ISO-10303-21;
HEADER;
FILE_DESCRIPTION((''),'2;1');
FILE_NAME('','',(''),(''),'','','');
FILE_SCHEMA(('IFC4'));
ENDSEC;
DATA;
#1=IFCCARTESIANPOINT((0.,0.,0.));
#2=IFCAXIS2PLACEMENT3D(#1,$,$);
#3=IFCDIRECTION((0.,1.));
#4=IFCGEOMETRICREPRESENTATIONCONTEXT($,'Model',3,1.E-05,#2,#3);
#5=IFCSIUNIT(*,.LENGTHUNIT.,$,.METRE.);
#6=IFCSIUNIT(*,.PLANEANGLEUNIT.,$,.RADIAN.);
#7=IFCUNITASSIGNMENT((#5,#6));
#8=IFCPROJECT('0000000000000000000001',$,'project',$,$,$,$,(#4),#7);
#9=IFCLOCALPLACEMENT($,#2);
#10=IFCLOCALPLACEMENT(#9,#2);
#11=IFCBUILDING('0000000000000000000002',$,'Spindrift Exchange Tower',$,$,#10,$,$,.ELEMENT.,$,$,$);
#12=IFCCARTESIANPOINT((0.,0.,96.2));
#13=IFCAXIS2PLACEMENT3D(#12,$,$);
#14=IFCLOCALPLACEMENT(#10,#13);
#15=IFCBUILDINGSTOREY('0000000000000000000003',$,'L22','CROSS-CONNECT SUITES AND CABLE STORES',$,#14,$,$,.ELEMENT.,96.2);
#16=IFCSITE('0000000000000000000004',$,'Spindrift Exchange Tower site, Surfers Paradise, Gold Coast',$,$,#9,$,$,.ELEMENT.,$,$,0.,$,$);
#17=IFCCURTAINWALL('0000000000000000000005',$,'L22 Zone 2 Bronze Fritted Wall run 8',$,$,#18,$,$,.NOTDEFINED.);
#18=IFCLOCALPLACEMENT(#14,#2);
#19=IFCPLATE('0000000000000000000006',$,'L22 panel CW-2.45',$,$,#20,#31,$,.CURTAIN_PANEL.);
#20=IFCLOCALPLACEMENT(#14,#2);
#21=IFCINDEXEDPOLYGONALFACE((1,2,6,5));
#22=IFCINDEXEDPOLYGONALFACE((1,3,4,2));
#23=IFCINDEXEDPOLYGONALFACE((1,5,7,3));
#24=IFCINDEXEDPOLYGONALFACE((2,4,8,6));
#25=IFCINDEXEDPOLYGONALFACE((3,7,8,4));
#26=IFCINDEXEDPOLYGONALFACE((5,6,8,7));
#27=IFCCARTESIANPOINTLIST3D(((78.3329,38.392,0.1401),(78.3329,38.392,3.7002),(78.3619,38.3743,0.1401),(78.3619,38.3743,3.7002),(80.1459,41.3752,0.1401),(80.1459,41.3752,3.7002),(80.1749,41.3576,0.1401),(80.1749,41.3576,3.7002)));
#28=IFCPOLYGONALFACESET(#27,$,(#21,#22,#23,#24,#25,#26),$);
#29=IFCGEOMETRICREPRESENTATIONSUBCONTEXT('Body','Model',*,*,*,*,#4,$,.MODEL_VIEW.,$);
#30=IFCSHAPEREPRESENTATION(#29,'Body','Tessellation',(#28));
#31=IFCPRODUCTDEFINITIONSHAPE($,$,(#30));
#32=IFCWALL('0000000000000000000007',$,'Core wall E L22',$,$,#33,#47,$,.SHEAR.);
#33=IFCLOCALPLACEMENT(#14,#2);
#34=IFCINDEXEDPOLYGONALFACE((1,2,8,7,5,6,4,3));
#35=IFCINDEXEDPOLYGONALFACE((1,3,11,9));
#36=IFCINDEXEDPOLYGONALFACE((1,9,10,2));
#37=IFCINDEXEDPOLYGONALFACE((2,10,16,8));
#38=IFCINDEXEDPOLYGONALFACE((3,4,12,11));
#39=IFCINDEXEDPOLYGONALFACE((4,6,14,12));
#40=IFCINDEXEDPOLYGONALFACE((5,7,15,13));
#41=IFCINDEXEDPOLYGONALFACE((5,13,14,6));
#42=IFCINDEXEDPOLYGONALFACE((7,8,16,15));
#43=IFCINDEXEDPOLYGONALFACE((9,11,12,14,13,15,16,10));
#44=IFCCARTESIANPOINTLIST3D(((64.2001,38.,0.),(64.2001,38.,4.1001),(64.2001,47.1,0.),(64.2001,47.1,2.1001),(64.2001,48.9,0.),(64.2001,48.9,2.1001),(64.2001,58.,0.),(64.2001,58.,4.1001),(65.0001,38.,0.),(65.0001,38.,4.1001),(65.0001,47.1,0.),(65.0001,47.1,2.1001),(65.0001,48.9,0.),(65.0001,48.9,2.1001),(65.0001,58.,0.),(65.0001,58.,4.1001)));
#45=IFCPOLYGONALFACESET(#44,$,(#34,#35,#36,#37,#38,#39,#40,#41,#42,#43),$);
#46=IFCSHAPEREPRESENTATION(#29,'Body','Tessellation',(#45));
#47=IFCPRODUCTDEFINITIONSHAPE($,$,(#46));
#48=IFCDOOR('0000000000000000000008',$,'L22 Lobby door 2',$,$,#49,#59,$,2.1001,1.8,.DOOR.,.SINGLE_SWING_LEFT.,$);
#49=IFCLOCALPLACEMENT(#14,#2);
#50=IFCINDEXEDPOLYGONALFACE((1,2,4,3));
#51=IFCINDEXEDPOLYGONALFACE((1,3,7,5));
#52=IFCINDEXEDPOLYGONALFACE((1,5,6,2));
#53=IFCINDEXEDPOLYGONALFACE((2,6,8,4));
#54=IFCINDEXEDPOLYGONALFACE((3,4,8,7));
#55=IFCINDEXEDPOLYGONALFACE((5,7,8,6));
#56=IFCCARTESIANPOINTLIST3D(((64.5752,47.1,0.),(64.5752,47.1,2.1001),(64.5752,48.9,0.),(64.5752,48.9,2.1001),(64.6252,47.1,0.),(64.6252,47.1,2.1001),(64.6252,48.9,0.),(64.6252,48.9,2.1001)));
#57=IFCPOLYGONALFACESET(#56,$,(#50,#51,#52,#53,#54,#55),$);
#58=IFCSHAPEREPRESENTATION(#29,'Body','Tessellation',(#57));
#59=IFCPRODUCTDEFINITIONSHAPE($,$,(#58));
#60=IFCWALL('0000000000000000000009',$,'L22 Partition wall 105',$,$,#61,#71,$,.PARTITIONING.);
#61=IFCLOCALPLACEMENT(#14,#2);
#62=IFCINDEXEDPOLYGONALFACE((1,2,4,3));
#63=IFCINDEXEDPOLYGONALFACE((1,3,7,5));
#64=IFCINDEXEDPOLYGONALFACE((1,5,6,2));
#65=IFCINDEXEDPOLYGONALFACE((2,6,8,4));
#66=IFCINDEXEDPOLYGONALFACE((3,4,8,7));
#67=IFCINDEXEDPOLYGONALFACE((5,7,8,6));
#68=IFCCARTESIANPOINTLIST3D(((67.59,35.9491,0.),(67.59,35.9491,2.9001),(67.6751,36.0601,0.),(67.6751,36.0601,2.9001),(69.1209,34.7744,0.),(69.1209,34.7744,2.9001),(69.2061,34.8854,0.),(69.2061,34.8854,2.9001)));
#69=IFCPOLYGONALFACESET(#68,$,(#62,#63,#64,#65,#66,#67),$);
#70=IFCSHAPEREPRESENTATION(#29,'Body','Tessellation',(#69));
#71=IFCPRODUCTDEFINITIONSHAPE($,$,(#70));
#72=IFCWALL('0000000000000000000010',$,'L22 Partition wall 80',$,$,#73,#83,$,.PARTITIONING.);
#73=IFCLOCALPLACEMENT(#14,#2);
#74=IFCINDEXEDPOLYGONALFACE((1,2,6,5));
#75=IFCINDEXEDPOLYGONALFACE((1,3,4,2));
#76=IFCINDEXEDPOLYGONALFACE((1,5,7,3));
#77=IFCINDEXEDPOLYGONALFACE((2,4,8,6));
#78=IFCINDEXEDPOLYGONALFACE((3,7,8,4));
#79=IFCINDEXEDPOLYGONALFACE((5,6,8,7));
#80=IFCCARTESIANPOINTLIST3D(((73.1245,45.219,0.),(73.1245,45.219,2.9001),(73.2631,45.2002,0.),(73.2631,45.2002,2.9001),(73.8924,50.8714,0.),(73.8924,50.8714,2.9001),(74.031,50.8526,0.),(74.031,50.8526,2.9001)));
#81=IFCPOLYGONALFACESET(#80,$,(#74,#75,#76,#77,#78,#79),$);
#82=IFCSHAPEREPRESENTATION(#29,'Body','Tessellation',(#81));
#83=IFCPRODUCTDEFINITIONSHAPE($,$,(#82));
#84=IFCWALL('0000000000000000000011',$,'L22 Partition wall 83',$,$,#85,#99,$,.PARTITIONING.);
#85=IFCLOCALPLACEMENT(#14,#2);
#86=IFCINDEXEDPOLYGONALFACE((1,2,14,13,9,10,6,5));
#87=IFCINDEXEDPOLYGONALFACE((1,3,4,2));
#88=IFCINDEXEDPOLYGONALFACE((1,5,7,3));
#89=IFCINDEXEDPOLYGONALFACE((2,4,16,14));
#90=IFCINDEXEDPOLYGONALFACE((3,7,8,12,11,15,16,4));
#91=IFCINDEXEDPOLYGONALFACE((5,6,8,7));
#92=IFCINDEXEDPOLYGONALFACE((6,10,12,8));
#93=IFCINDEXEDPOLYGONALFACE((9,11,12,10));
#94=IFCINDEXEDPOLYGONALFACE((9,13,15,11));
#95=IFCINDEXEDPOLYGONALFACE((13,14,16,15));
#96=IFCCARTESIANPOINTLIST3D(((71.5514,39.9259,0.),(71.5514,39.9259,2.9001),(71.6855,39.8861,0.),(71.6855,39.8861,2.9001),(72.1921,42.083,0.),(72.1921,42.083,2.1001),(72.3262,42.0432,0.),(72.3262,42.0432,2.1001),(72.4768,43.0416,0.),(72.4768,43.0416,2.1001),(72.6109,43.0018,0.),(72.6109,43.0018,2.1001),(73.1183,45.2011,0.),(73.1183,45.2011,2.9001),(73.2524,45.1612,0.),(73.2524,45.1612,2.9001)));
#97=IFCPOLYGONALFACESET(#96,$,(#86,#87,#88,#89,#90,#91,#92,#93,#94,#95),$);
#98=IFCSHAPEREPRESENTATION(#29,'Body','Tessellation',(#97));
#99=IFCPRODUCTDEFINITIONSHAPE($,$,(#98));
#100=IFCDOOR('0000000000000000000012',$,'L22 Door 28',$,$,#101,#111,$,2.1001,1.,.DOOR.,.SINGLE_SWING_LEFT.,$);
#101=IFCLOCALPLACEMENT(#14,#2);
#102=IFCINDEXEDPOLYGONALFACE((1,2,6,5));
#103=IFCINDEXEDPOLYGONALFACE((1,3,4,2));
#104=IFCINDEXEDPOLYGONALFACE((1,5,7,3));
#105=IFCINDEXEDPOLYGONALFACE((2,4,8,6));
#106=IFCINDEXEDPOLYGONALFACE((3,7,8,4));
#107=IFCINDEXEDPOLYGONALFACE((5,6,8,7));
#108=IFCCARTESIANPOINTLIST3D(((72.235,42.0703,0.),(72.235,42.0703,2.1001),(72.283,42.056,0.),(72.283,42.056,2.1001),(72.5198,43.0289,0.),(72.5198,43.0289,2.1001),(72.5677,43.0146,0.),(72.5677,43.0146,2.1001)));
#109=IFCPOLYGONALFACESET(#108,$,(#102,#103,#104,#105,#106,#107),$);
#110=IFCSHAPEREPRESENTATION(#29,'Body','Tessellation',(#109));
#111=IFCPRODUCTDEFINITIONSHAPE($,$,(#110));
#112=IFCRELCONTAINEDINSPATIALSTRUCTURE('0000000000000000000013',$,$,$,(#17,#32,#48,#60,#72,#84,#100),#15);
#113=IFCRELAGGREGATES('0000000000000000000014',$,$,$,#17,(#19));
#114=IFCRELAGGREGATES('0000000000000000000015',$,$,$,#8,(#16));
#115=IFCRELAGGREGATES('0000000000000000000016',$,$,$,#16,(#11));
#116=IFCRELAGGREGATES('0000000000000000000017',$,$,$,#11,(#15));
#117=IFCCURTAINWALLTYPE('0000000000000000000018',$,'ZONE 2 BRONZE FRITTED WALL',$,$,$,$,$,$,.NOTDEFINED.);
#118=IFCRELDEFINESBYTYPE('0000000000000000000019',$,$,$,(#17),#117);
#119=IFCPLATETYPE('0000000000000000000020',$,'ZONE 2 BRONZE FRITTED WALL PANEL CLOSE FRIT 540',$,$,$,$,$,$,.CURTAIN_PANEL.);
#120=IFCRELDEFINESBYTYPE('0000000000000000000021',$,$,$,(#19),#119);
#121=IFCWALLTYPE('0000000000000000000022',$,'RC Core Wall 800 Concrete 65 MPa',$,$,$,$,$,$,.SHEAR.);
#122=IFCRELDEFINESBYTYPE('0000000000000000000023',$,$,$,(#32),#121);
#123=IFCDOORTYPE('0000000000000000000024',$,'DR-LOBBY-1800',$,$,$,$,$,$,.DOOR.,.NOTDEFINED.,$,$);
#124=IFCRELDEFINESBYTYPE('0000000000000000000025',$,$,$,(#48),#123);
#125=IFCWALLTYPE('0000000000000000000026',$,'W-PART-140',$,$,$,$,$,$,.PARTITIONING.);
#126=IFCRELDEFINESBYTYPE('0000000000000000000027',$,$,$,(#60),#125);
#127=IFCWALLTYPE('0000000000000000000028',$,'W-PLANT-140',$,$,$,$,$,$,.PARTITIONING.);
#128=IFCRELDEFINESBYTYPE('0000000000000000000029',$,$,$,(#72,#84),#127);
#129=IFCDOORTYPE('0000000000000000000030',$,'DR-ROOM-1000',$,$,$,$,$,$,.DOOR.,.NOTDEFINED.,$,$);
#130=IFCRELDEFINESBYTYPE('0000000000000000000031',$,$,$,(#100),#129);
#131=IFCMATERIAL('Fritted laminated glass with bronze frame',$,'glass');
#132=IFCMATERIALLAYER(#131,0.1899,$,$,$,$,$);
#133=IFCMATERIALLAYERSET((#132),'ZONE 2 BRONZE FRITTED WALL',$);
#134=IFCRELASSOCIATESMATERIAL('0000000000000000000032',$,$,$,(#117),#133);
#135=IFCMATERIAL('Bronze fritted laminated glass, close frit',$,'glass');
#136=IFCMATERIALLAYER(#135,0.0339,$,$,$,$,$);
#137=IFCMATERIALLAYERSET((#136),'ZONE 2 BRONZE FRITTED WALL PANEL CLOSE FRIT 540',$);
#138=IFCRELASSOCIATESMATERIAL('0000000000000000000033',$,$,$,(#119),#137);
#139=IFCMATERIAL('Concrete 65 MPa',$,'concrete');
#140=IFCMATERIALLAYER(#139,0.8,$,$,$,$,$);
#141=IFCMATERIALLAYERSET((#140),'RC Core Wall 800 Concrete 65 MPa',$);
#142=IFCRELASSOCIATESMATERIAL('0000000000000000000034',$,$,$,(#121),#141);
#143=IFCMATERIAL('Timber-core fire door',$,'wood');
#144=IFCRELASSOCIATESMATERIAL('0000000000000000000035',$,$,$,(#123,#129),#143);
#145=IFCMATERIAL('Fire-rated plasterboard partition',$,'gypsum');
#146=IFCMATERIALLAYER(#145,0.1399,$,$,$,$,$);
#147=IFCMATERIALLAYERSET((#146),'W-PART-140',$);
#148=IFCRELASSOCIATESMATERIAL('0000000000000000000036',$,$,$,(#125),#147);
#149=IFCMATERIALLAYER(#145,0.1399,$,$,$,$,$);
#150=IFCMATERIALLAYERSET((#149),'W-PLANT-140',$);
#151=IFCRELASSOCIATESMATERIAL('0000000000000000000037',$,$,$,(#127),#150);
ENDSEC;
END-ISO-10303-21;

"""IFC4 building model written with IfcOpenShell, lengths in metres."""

from ifc_helpers import new_model, si_unit, direction, frame, frame_2d, origin, origin_2d, place, context, subcontext, project, spatial, rectangle, extrude, source, transform, mapped, material, layer, layer_set, type_object, element, fill, aggregate, save


model = new_model("IFC4")

# Units and contexts
model_context = context("Model", 3, precision=1e-05, world=origin(), true_north=direction((0.0, 1.0)))
body_context = subcontext(model_context, "Body", "Model", "MODEL_VIEW")
ifc_project = project(units=[si_unit("LENGTHUNIT", "METRE"), si_unit("PLANEANGLEUNIT", "RADIAN")], contexts=[model_context])

# Site, building, storey
site_placement = place(None, origin())
site = spatial("IfcSite", under=ifc_project, at=site_placement, Name="Spindrift Exchange Tower site, Surfers Paradise, Gold Coast", CompositionType="ELEMENT", RefElevation=0.0)
building_placement = place(site_placement, origin())
building = spatial("IfcBuilding", under=site, at=building_placement, Name="Spindrift Exchange Tower", CompositionType="ELEMENT")
storey_placement = place(building_placement, frame((0.0, 0.0, 96.2)))
storey = spatial("IfcBuildingStorey", under=building, at=storey_placement, Name="L22", Description="CROSS-CONNECT SUITES AND CABLE STORES", CompositionType="ELEMENT", Elevation=96.2)

# Shared definitions
ifc_material_1 = material(Name="Concrete 65 MPa", Category="concrete")

# Curtain wall, plate
ifc_material_2 = material(Name="Fritted laminated glass with bronze frame", Category="glass")
ifc_layer_1 = layer(ifc_material_2, 0.1899)
ifc_layer_set_1 = layer_set([ifc_layer_1], Name="ZONE 2 BRONZE FRITTED WALL")
curtain_wall_type = type_object("IfcCurtainWallType", Name="ZONE 2 BRONZE FRITTED WALL", PredefinedType="NOTDEFINED", material=ifc_layer_set_1)
curtain_wall_placement = place(storey_placement, origin())
curtain_wall = element("IfcCurtainWall", 1, at=curtain_wall_placement, inside=storey, type_object=curtain_wall_type, Name="L22 Zone 2 Bronze Fritted Wall run 8", PredefinedType="NOTDEFINED")
ifc_material_3 = material(Name="Bronze fritted laminated glass, close frit", Category="glass")
ifc_layer_2 = layer(ifc_material_3, 0.0339)
ifc_layer_set_2 = layer_set([ifc_layer_2], Name="ZONE 2 BRONZE FRITTED WALL PANEL CLOSE FRIT 540")
plate_type_1 = type_object("IfcPlateType", Name="ZONE 2 BRONZE FRITTED WALL PANEL CLOSE FRIT 540", PredefinedType="CURTAIN_PANEL", material=ifc_layer_set_2)
shared_shape_1 = source(origin(), body_context, "Body", "SweptSolid", [
    extrude(rectangle(XDim=3.491, YDim=0.0339, at=origin_2d()), origin(), (0.0, 0.0, 1.0), 3.5601),
])
plate_1_placement = place(storey_placement, frame((79.2539, 39.8748, 0.1401), z_axis=(0.0, 0.0, 1.0), x_axis=(0.519358, 0.854557, 0.0)))
plate_1 = element("IfcPlate", 2, at=plate_1_placement, type_object=plate_type_1, Name="L22 panel CW-2.45", PredefinedType="CURTAIN_PANEL", context=body_context, shape_type="MappedRepresentation", body=[
    mapped(shared_shape_1, transform((0.0, 0.0, 0.0), scale=1.0)),
])
aggregate(curtain_wall, [plate_1])

# Wall, opening, door
ifc_layer_3 = layer(ifc_material_1, 0.8)
ifc_layer_set_3 = layer_set([ifc_layer_3], Name="RC Core Wall 800 Concrete 65 MPa")
wall_type_1 = type_object("IfcWallType", Name="RC Core Wall 800 Concrete 65 MPa", PredefinedType="SHEAR", material=ifc_layer_set_3)
wall_1_placement = place(storey_placement, frame((64.6001, 38.0, 0.0), z_axis=(0.0, 0.0, 1.0), x_axis=(0.0, 1.0, 0.0)))
wall_1 = element("IfcWall", 3, at=wall_1_placement, inside=storey, type_object=wall_type_1, Name="Core wall E L22", PredefinedType="SHEAR", context=body_context, shape_type="SweptSolid", body=[
    extrude(rectangle(XDim=20.0, YDim=0.8, at=frame_2d((10.0, 0.0))), origin(), (0.0, 0.0, 1.0), 4.1001),
])
opening_1_placement = place(wall_1_placement, frame((9.1001, 0.0, 0.0)))
opening_1 = element("IfcOpeningElement", 4, at=opening_1_placement, cuts=wall_1, PredefinedType="OPENING", context=body_context, shape_type="SweptSolid", body=[
    extrude(rectangle(XDim=1.8, YDim=2.1001, at=frame_2d((0.8999, 1.05))), frame((0.0, 0.4099, 0.0), z_axis=(0.0, -1.0, 0.0), x_axis=(1.0, 0.0, 0.0)), (0.0, 0.0, 1.0), 0.8201),
])
ifc_material_4 = material(Name="Timber-core fire door", Category="wood")
door_type_1 = type_object("IfcDoorType", Name="DR-LOBBY-1800", OperationType="NOTDEFINED", PredefinedType="DOOR", material=ifc_material_4)
shared_shape_2 = source(origin(), body_context, "Body", "SweptSolid", [
    extrude(rectangle(XDim=1.8, YDim=2.1001, at=frame_2d((0.8999, 1.05))), frame((0.0, 0.0249, 0.0), z_axis=(0.0, -1.0, 0.0), x_axis=(1.0, 0.0, 0.0)), (0.0, 0.0, 1.0), 0.05),
])
door_1_placement = place(opening_1_placement, origin())
door_1 = element("IfcDoor", 5, at=door_1_placement, inside=storey, type_object=door_type_1, Name="L22 Lobby door 2", OperationType="SINGLE_SWING_LEFT", OverallHeight=2.1001, OverallWidth=1.8, PredefinedType="DOOR", context=body_context, shape_type="MappedRepresentation", body=[
    mapped(shared_shape_2, transform((0.0, 0.0, 0.0), scale=1.0)),
])
fill(opening_1, door_1)

# Walls
ifc_material_5 = material(Name="Fire-rated plasterboard partition", Category="gypsum")
ifc_layer_4 = layer(ifc_material_5, 0.1399)
ifc_layer_set_4 = layer_set([ifc_layer_4], Name="W-PART-140")
wall_type_2 = type_object("IfcWallType", Name="W-PART-140", PredefinedType="PARTITIONING", material=ifc_layer_set_4)
wall_2_placement = place(storey_placement, frame((67.6326, 36.0046, 0.0), z_axis=(0.0, 0.0, 1.0), x_axis=(0.793348, -0.608769, 0.0)))
element("IfcWall", 6, at=wall_2_placement, inside=storey, type_object=wall_type_2, Name="L22 Partition wall 105", PredefinedType="PARTITIONING", context=body_context, shape_type="SweptSolid", body=[
    extrude(rectangle(XDim=1.9297, YDim=0.1399, at=frame_2d((0.9648, 0.0))), origin(), (0.0, 0.0, 1.0), 2.9001),
])
ifc_layer_5 = layer(ifc_material_5, 0.1399)
ifc_layer_set_5 = layer_set([ifc_layer_5], Name="W-PLANT-140")
wall_type_3 = type_object("IfcWallType", Name="W-PLANT-140", PredefinedType="PARTITIONING", material=ifc_layer_set_5)
wall_3_placement = place(storey_placement, frame((73.1938, 45.2097, 0.0), z_axis=(0.0, 0.0, 1.0), x_axis=(0.134605, 0.990899, 0.0)))
element("IfcWall", 7, at=wall_3_placement, inside=storey, type_object=wall_type_3, Name="L22 Partition wall 80", PredefinedType="PARTITIONING", context=body_context, shape_type="SweptSolid", body=[
    extrude(rectangle(XDim=5.7043, YDim=0.1399, at=frame_2d((2.8521, 0.0))), origin(), (0.0, 0.0, 1.0), 2.9001),
])

# Wall, opening, door
wall_4_placement = place(storey_placement, frame((73.1853, 45.1812, 0.0), z_axis=(0.0, 0.0, 1.0), x_axis=(-0.284738, -0.958605, 0.0)))
wall_4 = element("IfcWall", 8, at=wall_4_placement, inside=storey, type_object=wall_type_3, Name="L22 Partition wall 83", PredefinedType="PARTITIONING", context=body_context, shape_type="SweptSolid", body=[
    extrude(rectangle(XDim=5.5029, YDim=0.1399, at=frame_2d((2.7515, 0.0))), origin(), (0.0, 0.0, 1.0), 2.9001),
])
opening_2_placement = place(wall_4_placement, frame((2.2527, 0.0, 0.0)))
opening_2 = element("IfcOpeningElement", 9, at=opening_2_placement, cuts=wall_4, PredefinedType="OPENING", context=body_context, shape_type="SweptSolid", body=[
    extrude(rectangle(XDim=1.0, YDim=2.1001, at=frame_2d((0.5, 1.05))), frame((0.0, 0.0798, 0.0), z_axis=(0.0, -1.0, 0.0), x_axis=(1.0, 0.0, 0.0)), (0.0, 0.0, 1.0), 0.1599),
])
door_type_2 = type_object("IfcDoorType", Name="DR-ROOM-1000", OperationType="NOTDEFINED", PredefinedType="DOOR", material=ifc_material_4)
shared_shape_3 = source(origin(), body_context, "Body", "SweptSolid", [
    extrude(rectangle(XDim=1.0, YDim=2.1001, at=frame_2d((0.5, 1.05))), frame((0.0, 0.0249, 0.0), z_axis=(0.0, -1.0, 0.0), x_axis=(1.0, 0.0, 0.0)), (0.0, 0.0, 1.0), 0.05),
])
door_2_placement = place(opening_2_placement, origin())
door_2 = element("IfcDoor", 10, at=door_2_placement, inside=storey, type_object=door_type_2, Name="L22 Door 28", OperationType="SINGLE_SWING_LEFT", OverallHeight=2.1001, OverallWidth=1.0, PredefinedType="DOOR", context=body_context, shape_type="MappedRepresentation", body=[
    mapped(shared_shape_3, transform((0.0, 0.0, 0.0), scale=1.0)),
])
fill(opening_2, door_2)

save(model, "model.ifc")
